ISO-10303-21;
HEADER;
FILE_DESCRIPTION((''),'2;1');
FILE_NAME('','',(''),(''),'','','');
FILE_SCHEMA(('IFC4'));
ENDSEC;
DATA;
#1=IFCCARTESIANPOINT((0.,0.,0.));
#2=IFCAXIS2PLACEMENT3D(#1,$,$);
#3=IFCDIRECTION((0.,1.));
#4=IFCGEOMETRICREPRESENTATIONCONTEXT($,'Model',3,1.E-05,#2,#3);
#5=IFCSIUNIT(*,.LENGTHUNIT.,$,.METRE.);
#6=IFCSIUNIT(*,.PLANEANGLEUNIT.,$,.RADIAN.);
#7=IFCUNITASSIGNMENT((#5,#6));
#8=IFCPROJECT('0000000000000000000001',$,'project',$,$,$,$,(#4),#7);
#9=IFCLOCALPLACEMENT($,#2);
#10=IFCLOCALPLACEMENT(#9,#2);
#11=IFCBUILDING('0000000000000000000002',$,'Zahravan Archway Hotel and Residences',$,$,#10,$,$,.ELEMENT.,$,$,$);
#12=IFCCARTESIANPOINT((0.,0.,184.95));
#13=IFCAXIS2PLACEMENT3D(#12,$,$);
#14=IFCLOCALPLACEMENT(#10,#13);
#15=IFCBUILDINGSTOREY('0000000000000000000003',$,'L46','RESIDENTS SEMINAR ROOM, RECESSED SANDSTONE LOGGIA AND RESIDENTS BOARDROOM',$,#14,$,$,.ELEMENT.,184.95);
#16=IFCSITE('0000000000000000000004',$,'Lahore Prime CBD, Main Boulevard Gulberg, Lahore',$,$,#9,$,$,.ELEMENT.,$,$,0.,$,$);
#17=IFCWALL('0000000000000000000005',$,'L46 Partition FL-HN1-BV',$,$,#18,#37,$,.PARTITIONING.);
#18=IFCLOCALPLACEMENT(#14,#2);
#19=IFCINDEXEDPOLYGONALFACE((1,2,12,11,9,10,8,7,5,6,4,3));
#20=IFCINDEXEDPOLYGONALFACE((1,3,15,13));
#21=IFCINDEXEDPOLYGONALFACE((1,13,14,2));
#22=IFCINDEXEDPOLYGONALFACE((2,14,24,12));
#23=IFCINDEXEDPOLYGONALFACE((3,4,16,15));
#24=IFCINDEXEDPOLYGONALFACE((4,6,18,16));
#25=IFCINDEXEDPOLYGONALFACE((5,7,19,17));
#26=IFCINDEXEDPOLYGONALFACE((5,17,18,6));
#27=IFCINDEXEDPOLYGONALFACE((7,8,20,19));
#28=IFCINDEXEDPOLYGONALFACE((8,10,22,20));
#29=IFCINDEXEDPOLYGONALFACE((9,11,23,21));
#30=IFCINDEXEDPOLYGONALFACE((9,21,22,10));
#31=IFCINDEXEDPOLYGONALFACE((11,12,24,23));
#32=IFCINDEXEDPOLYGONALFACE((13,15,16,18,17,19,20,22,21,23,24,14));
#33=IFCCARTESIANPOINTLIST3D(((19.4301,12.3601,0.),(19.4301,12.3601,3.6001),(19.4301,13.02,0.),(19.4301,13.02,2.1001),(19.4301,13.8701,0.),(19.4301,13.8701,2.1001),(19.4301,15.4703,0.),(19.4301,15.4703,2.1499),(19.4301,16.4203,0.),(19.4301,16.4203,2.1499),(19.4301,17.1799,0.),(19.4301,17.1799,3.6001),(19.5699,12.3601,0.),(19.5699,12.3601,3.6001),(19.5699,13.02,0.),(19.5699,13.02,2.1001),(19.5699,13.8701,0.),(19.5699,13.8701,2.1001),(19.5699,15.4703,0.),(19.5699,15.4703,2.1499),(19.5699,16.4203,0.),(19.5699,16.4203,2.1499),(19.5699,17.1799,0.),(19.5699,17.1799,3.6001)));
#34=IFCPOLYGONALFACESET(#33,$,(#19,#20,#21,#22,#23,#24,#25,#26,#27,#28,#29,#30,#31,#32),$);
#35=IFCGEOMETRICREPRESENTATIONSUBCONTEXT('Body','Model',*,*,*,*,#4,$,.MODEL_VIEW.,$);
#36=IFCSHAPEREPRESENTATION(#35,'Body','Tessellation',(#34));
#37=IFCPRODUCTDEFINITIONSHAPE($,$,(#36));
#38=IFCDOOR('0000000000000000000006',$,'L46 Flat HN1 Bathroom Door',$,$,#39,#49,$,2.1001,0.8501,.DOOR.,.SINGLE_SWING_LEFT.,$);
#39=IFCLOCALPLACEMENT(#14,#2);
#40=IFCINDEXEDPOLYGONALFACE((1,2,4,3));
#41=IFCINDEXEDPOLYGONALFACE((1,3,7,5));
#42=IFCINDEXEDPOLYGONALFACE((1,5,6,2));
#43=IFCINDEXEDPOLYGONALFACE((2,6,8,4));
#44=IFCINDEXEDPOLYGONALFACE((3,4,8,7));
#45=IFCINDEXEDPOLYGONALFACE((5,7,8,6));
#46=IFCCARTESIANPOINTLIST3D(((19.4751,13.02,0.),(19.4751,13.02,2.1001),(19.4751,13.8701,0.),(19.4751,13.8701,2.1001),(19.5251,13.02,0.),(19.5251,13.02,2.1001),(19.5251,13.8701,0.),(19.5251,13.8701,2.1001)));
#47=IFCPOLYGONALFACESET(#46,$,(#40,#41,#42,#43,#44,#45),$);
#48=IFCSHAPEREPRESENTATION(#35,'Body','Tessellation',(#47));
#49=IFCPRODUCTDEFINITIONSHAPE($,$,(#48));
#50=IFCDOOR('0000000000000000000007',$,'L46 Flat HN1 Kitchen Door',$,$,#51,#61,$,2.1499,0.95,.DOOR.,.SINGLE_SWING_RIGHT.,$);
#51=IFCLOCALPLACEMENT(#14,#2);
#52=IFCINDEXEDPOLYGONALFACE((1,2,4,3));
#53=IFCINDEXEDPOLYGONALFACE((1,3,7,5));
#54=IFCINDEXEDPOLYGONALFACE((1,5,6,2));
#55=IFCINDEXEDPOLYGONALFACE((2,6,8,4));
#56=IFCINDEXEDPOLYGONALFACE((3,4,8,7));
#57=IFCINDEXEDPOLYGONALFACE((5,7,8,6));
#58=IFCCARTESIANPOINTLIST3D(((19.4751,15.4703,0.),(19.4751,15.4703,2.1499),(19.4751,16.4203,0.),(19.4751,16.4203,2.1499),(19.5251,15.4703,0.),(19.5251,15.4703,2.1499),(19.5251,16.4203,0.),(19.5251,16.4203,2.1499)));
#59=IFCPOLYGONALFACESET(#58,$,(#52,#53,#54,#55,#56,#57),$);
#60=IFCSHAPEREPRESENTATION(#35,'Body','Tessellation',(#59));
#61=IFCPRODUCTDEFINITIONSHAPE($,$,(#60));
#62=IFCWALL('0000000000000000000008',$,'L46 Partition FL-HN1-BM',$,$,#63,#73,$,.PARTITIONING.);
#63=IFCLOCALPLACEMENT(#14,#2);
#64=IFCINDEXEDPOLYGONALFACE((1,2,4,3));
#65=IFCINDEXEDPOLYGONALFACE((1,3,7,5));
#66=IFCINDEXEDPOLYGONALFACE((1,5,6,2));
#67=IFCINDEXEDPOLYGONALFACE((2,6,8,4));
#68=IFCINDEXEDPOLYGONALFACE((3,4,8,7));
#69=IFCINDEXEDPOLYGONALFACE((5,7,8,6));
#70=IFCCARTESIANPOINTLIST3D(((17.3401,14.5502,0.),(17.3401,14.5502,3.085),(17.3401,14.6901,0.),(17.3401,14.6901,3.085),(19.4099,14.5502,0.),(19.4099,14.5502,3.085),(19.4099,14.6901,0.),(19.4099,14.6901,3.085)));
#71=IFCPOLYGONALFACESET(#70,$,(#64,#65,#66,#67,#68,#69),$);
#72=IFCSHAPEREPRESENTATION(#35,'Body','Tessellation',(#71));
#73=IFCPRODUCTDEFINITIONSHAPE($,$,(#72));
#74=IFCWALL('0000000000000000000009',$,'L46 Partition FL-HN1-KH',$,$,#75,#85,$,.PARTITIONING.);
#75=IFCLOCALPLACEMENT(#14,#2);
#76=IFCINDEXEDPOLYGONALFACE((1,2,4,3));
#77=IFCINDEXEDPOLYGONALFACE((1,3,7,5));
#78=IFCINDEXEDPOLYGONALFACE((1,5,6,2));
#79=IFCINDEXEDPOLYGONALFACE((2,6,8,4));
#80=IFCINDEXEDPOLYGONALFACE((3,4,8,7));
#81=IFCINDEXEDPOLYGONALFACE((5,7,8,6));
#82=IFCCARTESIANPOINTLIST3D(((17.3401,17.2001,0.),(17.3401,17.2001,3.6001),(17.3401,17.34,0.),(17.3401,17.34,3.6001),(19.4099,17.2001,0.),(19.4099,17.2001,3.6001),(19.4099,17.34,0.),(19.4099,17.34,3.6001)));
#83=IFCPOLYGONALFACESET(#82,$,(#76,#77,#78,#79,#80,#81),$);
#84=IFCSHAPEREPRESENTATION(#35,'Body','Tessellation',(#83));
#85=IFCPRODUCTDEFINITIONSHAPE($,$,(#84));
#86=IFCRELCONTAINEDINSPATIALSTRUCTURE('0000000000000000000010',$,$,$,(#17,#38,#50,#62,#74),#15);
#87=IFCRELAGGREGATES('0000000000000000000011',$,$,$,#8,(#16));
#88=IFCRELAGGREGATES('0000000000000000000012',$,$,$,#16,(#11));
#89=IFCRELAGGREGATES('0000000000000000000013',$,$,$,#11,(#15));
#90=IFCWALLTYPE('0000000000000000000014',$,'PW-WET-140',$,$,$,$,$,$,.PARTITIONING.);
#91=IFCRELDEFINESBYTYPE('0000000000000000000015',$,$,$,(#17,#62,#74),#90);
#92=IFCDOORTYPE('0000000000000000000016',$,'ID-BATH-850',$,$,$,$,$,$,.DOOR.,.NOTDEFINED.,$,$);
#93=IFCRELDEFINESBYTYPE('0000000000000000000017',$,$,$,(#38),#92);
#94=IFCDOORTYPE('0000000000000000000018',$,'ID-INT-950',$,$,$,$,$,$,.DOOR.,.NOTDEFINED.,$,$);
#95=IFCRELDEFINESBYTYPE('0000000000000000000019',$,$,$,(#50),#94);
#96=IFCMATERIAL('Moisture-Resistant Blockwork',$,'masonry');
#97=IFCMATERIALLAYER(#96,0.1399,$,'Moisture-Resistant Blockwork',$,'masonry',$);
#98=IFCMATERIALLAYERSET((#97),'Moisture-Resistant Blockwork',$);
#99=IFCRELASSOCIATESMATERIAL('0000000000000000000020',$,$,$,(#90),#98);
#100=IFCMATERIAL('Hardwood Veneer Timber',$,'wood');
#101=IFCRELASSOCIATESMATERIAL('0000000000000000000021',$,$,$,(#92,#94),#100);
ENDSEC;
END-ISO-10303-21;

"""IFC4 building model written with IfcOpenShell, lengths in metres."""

from ifc_helpers import new_model, si_unit, direction, frame, frame_2d, origin, place, context, subcontext, project, spatial, rectangle, extrude, source, transform, mapped, material, layer, layer_set, type_object, type_shapes, element, fill, save


model = new_model("IFC4")

# Units and contexts
model_context = context("Model", 3, precision=1e-05, world=origin(), true_north=direction((0.0, 1.0)))
body_context = subcontext(model_context, "Body", "Model", "MODEL_VIEW")
ifc_project = project(units=[si_unit("LENGTHUNIT", "METRE"), si_unit("PLANEANGLEUNIT", "RADIAN")], contexts=[model_context])

# Site, building, storey
site_placement = place(None, origin())
site = spatial("IfcSite", under=ifc_project, at=site_placement, Name="Lahore Prime CBD, Main Boulevard Gulberg, Lahore", CompositionType="ELEMENT", RefElevation=0.0)
building_placement = place(site_placement, origin())
building = spatial("IfcBuilding", under=site, at=building_placement, Name="Zahravan Archway Hotel and Residences", CompositionType="ELEMENT")
storey_placement = place(building_placement, frame((0.0, 0.0, 184.95)))
storey = spatial("IfcBuildingStorey", under=building, at=storey_placement, Name="L46", Description="RESIDENTS SEMINAR ROOM, RECESSED SANDSTONE LOGGIA AND RESIDENTS BOARDROOM", CompositionType="ELEMENT", Elevation=184.95)

# Wall, openings, doors
ifc_material_1 = material(Name="Moisture-Resistant Blockwork", Category="masonry")
ifc_layer_1 = layer(ifc_material_1, 0.1399, Name="Moisture-Resistant Blockwork", Category="masonry")
ifc_layer_set_1 = layer_set([ifc_layer_1], Name="Moisture-Resistant Blockwork")
wall_type_1 = type_object("IfcWallType", Name="PW-WET-140", PredefinedType="PARTITIONING", material=ifc_layer_set_1)
wall_1_placement = place(storey_placement, frame((19.5, 12.3601, 0.0), z_axis=(0.0, 0.0, 1.0), x_axis=(0.0, 1.0, 0.0)))
wall_1 = element("IfcWall", 1, at=wall_1_placement, inside=storey, type_object=wall_type_1, Name="L46 Partition FL-HN1-BV", PredefinedType="PARTITIONING", context=body_context, shape_type="SweptSolid", body=[
    extrude(rectangle(XDim=4.8198, YDim=0.1399, at=frame_2d((2.4099, 0.0))), origin(), (0.0, 0.0, 1.0), 3.6001),
])
opening_1_placement = place(wall_1_placement, frame((0.6599, 0.0, 0.0)))
opening_1 = element("IfcOpeningElement", 2, at=opening_1_placement, cuts=wall_1, PredefinedType="OPENING", context=body_context, shape_type="SweptSolid", body=[
    extrude(rectangle(XDim=0.8501, YDim=2.1001, at=frame_2d((0.425, 1.05))), frame((0.0, 0.0801, 0.0), z_axis=(0.0, -1.0, 0.0), x_axis=(1.0, 0.0, 0.0)), (0.0, 0.0, 1.0), 0.1599),
])
opening_2_placement = place(wall_1_placement, frame((3.1101, 0.0, 0.0)))
opening_2 = element("IfcOpeningElement", 3, at=opening_2_placement, cuts=wall_1, PredefinedType="OPENING", context=body_context, shape_type="SweptSolid", body=[
    extrude(rectangle(XDim=0.95, YDim=2.1499, at=frame_2d((0.4751, 1.075))), frame((0.0, 0.0801, 0.0), z_axis=(0.0, -1.0, 0.0), x_axis=(1.0, 0.0, 0.0)), (0.0, 0.0, 1.0), 0.1599),
])
ifc_material_2 = material(Name="Hardwood Veneer Timber", Category="wood")
door_type_1 = type_object("IfcDoorType", Name="ID-BATH-850", OperationType="NOTDEFINED", PredefinedType="DOOR", material=ifc_material_2)
shared_shape_1 = source(origin(), body_context, "Body", "SweptSolid", [
    extrude(rectangle(XDim=0.8501, YDim=2.1001, at=frame_2d((0.425, 1.05))), frame((0.0, 0.0249, 0.0), z_axis=(0.0, -1.0, 0.0), x_axis=(1.0, 0.0, 0.0)), (0.0, 0.0, 1.0), 0.05),
])
type_shapes(door_type_1, [shared_shape_1])
door_1_placement = place(opening_1_placement, origin())
door_1 = element("IfcDoor", 4, at=door_1_placement, inside=storey, type_object=door_type_1, Name="L46 Flat HN1 Bathroom Door", OperationType="SINGLE_SWING_LEFT", OverallHeight=2.1001, OverallWidth=0.8501, PredefinedType="DOOR", context=body_context, shape_type="MappedRepresentation", body=[
    mapped(shared_shape_1, transform((0.0, 0.0, 0.0), scale=1.0)),
])
fill(opening_1, door_1)
door_type_2 = type_object("IfcDoorType", Name="ID-INT-950", OperationType="NOTDEFINED", PredefinedType="DOOR", material=ifc_material_2)
shared_shape_2 = source(origin(), body_context, "Body", "SweptSolid", [
    extrude(rectangle(XDim=0.95, YDim=2.1499, at=frame_2d((0.4751, 1.075))), frame((0.0, 0.0249, 0.0), z_axis=(0.0, -1.0, 0.0), x_axis=(1.0, 0.0, 0.0)), (0.0, 0.0, 1.0), 0.05),
])
type_shapes(door_type_2, [shared_shape_2])
door_2_placement = place(opening_2_placement, origin())
door_2 = element("IfcDoor", 5, at=door_2_placement, inside=storey, type_object=door_type_2, Name="L46 Flat HN1 Kitchen Door", OperationType="SINGLE_SWING_RIGHT", OverallHeight=2.1499, OverallWidth=0.95, PredefinedType="DOOR", context=body_context, shape_type="MappedRepresentation", body=[
    mapped(shared_shape_2, transform((0.0, 0.0, 0.0), scale=1.0)),
])
fill(opening_2, door_2)

# Walls
wall_2_placement = place(storey_placement, frame((17.3401, 14.6201, 0.0), z_axis=(0.0, 0.0, 1.0), x_axis=(1.0, 0.0, 0.0)))
element("IfcWall", 6, at=wall_2_placement, inside=storey, type_object=wall_type_1, Name="L46 Partition FL-HN1-BM", PredefinedType="PARTITIONING", context=body_context, shape_type="SweptSolid", body=[
    extrude(rectangle(XDim=2.0698, YDim=0.1399, at=frame_2d((1.0349, 0.0))), origin(), (0.0, 0.0, 1.0), 3.085),
])
wall_3_placement = place(storey_placement, frame((17.3401, 17.27, 0.0), z_axis=(0.0, 0.0, 1.0), x_axis=(1.0, 0.0, 0.0)))
element("IfcWall", 7, at=wall_3_placement, inside=storey, type_object=wall_type_1, Name="L46 Partition FL-HN1-KH", PredefinedType="PARTITIONING", context=body_context, shape_type="SweptSolid", body=[
    extrude(rectangle(XDim=2.0698, YDim=0.1399, at=frame_2d((1.0349, 0.0))), origin(), (0.0, 0.0, 1.0), 3.6001),
])

save(model, "model.ifc")
